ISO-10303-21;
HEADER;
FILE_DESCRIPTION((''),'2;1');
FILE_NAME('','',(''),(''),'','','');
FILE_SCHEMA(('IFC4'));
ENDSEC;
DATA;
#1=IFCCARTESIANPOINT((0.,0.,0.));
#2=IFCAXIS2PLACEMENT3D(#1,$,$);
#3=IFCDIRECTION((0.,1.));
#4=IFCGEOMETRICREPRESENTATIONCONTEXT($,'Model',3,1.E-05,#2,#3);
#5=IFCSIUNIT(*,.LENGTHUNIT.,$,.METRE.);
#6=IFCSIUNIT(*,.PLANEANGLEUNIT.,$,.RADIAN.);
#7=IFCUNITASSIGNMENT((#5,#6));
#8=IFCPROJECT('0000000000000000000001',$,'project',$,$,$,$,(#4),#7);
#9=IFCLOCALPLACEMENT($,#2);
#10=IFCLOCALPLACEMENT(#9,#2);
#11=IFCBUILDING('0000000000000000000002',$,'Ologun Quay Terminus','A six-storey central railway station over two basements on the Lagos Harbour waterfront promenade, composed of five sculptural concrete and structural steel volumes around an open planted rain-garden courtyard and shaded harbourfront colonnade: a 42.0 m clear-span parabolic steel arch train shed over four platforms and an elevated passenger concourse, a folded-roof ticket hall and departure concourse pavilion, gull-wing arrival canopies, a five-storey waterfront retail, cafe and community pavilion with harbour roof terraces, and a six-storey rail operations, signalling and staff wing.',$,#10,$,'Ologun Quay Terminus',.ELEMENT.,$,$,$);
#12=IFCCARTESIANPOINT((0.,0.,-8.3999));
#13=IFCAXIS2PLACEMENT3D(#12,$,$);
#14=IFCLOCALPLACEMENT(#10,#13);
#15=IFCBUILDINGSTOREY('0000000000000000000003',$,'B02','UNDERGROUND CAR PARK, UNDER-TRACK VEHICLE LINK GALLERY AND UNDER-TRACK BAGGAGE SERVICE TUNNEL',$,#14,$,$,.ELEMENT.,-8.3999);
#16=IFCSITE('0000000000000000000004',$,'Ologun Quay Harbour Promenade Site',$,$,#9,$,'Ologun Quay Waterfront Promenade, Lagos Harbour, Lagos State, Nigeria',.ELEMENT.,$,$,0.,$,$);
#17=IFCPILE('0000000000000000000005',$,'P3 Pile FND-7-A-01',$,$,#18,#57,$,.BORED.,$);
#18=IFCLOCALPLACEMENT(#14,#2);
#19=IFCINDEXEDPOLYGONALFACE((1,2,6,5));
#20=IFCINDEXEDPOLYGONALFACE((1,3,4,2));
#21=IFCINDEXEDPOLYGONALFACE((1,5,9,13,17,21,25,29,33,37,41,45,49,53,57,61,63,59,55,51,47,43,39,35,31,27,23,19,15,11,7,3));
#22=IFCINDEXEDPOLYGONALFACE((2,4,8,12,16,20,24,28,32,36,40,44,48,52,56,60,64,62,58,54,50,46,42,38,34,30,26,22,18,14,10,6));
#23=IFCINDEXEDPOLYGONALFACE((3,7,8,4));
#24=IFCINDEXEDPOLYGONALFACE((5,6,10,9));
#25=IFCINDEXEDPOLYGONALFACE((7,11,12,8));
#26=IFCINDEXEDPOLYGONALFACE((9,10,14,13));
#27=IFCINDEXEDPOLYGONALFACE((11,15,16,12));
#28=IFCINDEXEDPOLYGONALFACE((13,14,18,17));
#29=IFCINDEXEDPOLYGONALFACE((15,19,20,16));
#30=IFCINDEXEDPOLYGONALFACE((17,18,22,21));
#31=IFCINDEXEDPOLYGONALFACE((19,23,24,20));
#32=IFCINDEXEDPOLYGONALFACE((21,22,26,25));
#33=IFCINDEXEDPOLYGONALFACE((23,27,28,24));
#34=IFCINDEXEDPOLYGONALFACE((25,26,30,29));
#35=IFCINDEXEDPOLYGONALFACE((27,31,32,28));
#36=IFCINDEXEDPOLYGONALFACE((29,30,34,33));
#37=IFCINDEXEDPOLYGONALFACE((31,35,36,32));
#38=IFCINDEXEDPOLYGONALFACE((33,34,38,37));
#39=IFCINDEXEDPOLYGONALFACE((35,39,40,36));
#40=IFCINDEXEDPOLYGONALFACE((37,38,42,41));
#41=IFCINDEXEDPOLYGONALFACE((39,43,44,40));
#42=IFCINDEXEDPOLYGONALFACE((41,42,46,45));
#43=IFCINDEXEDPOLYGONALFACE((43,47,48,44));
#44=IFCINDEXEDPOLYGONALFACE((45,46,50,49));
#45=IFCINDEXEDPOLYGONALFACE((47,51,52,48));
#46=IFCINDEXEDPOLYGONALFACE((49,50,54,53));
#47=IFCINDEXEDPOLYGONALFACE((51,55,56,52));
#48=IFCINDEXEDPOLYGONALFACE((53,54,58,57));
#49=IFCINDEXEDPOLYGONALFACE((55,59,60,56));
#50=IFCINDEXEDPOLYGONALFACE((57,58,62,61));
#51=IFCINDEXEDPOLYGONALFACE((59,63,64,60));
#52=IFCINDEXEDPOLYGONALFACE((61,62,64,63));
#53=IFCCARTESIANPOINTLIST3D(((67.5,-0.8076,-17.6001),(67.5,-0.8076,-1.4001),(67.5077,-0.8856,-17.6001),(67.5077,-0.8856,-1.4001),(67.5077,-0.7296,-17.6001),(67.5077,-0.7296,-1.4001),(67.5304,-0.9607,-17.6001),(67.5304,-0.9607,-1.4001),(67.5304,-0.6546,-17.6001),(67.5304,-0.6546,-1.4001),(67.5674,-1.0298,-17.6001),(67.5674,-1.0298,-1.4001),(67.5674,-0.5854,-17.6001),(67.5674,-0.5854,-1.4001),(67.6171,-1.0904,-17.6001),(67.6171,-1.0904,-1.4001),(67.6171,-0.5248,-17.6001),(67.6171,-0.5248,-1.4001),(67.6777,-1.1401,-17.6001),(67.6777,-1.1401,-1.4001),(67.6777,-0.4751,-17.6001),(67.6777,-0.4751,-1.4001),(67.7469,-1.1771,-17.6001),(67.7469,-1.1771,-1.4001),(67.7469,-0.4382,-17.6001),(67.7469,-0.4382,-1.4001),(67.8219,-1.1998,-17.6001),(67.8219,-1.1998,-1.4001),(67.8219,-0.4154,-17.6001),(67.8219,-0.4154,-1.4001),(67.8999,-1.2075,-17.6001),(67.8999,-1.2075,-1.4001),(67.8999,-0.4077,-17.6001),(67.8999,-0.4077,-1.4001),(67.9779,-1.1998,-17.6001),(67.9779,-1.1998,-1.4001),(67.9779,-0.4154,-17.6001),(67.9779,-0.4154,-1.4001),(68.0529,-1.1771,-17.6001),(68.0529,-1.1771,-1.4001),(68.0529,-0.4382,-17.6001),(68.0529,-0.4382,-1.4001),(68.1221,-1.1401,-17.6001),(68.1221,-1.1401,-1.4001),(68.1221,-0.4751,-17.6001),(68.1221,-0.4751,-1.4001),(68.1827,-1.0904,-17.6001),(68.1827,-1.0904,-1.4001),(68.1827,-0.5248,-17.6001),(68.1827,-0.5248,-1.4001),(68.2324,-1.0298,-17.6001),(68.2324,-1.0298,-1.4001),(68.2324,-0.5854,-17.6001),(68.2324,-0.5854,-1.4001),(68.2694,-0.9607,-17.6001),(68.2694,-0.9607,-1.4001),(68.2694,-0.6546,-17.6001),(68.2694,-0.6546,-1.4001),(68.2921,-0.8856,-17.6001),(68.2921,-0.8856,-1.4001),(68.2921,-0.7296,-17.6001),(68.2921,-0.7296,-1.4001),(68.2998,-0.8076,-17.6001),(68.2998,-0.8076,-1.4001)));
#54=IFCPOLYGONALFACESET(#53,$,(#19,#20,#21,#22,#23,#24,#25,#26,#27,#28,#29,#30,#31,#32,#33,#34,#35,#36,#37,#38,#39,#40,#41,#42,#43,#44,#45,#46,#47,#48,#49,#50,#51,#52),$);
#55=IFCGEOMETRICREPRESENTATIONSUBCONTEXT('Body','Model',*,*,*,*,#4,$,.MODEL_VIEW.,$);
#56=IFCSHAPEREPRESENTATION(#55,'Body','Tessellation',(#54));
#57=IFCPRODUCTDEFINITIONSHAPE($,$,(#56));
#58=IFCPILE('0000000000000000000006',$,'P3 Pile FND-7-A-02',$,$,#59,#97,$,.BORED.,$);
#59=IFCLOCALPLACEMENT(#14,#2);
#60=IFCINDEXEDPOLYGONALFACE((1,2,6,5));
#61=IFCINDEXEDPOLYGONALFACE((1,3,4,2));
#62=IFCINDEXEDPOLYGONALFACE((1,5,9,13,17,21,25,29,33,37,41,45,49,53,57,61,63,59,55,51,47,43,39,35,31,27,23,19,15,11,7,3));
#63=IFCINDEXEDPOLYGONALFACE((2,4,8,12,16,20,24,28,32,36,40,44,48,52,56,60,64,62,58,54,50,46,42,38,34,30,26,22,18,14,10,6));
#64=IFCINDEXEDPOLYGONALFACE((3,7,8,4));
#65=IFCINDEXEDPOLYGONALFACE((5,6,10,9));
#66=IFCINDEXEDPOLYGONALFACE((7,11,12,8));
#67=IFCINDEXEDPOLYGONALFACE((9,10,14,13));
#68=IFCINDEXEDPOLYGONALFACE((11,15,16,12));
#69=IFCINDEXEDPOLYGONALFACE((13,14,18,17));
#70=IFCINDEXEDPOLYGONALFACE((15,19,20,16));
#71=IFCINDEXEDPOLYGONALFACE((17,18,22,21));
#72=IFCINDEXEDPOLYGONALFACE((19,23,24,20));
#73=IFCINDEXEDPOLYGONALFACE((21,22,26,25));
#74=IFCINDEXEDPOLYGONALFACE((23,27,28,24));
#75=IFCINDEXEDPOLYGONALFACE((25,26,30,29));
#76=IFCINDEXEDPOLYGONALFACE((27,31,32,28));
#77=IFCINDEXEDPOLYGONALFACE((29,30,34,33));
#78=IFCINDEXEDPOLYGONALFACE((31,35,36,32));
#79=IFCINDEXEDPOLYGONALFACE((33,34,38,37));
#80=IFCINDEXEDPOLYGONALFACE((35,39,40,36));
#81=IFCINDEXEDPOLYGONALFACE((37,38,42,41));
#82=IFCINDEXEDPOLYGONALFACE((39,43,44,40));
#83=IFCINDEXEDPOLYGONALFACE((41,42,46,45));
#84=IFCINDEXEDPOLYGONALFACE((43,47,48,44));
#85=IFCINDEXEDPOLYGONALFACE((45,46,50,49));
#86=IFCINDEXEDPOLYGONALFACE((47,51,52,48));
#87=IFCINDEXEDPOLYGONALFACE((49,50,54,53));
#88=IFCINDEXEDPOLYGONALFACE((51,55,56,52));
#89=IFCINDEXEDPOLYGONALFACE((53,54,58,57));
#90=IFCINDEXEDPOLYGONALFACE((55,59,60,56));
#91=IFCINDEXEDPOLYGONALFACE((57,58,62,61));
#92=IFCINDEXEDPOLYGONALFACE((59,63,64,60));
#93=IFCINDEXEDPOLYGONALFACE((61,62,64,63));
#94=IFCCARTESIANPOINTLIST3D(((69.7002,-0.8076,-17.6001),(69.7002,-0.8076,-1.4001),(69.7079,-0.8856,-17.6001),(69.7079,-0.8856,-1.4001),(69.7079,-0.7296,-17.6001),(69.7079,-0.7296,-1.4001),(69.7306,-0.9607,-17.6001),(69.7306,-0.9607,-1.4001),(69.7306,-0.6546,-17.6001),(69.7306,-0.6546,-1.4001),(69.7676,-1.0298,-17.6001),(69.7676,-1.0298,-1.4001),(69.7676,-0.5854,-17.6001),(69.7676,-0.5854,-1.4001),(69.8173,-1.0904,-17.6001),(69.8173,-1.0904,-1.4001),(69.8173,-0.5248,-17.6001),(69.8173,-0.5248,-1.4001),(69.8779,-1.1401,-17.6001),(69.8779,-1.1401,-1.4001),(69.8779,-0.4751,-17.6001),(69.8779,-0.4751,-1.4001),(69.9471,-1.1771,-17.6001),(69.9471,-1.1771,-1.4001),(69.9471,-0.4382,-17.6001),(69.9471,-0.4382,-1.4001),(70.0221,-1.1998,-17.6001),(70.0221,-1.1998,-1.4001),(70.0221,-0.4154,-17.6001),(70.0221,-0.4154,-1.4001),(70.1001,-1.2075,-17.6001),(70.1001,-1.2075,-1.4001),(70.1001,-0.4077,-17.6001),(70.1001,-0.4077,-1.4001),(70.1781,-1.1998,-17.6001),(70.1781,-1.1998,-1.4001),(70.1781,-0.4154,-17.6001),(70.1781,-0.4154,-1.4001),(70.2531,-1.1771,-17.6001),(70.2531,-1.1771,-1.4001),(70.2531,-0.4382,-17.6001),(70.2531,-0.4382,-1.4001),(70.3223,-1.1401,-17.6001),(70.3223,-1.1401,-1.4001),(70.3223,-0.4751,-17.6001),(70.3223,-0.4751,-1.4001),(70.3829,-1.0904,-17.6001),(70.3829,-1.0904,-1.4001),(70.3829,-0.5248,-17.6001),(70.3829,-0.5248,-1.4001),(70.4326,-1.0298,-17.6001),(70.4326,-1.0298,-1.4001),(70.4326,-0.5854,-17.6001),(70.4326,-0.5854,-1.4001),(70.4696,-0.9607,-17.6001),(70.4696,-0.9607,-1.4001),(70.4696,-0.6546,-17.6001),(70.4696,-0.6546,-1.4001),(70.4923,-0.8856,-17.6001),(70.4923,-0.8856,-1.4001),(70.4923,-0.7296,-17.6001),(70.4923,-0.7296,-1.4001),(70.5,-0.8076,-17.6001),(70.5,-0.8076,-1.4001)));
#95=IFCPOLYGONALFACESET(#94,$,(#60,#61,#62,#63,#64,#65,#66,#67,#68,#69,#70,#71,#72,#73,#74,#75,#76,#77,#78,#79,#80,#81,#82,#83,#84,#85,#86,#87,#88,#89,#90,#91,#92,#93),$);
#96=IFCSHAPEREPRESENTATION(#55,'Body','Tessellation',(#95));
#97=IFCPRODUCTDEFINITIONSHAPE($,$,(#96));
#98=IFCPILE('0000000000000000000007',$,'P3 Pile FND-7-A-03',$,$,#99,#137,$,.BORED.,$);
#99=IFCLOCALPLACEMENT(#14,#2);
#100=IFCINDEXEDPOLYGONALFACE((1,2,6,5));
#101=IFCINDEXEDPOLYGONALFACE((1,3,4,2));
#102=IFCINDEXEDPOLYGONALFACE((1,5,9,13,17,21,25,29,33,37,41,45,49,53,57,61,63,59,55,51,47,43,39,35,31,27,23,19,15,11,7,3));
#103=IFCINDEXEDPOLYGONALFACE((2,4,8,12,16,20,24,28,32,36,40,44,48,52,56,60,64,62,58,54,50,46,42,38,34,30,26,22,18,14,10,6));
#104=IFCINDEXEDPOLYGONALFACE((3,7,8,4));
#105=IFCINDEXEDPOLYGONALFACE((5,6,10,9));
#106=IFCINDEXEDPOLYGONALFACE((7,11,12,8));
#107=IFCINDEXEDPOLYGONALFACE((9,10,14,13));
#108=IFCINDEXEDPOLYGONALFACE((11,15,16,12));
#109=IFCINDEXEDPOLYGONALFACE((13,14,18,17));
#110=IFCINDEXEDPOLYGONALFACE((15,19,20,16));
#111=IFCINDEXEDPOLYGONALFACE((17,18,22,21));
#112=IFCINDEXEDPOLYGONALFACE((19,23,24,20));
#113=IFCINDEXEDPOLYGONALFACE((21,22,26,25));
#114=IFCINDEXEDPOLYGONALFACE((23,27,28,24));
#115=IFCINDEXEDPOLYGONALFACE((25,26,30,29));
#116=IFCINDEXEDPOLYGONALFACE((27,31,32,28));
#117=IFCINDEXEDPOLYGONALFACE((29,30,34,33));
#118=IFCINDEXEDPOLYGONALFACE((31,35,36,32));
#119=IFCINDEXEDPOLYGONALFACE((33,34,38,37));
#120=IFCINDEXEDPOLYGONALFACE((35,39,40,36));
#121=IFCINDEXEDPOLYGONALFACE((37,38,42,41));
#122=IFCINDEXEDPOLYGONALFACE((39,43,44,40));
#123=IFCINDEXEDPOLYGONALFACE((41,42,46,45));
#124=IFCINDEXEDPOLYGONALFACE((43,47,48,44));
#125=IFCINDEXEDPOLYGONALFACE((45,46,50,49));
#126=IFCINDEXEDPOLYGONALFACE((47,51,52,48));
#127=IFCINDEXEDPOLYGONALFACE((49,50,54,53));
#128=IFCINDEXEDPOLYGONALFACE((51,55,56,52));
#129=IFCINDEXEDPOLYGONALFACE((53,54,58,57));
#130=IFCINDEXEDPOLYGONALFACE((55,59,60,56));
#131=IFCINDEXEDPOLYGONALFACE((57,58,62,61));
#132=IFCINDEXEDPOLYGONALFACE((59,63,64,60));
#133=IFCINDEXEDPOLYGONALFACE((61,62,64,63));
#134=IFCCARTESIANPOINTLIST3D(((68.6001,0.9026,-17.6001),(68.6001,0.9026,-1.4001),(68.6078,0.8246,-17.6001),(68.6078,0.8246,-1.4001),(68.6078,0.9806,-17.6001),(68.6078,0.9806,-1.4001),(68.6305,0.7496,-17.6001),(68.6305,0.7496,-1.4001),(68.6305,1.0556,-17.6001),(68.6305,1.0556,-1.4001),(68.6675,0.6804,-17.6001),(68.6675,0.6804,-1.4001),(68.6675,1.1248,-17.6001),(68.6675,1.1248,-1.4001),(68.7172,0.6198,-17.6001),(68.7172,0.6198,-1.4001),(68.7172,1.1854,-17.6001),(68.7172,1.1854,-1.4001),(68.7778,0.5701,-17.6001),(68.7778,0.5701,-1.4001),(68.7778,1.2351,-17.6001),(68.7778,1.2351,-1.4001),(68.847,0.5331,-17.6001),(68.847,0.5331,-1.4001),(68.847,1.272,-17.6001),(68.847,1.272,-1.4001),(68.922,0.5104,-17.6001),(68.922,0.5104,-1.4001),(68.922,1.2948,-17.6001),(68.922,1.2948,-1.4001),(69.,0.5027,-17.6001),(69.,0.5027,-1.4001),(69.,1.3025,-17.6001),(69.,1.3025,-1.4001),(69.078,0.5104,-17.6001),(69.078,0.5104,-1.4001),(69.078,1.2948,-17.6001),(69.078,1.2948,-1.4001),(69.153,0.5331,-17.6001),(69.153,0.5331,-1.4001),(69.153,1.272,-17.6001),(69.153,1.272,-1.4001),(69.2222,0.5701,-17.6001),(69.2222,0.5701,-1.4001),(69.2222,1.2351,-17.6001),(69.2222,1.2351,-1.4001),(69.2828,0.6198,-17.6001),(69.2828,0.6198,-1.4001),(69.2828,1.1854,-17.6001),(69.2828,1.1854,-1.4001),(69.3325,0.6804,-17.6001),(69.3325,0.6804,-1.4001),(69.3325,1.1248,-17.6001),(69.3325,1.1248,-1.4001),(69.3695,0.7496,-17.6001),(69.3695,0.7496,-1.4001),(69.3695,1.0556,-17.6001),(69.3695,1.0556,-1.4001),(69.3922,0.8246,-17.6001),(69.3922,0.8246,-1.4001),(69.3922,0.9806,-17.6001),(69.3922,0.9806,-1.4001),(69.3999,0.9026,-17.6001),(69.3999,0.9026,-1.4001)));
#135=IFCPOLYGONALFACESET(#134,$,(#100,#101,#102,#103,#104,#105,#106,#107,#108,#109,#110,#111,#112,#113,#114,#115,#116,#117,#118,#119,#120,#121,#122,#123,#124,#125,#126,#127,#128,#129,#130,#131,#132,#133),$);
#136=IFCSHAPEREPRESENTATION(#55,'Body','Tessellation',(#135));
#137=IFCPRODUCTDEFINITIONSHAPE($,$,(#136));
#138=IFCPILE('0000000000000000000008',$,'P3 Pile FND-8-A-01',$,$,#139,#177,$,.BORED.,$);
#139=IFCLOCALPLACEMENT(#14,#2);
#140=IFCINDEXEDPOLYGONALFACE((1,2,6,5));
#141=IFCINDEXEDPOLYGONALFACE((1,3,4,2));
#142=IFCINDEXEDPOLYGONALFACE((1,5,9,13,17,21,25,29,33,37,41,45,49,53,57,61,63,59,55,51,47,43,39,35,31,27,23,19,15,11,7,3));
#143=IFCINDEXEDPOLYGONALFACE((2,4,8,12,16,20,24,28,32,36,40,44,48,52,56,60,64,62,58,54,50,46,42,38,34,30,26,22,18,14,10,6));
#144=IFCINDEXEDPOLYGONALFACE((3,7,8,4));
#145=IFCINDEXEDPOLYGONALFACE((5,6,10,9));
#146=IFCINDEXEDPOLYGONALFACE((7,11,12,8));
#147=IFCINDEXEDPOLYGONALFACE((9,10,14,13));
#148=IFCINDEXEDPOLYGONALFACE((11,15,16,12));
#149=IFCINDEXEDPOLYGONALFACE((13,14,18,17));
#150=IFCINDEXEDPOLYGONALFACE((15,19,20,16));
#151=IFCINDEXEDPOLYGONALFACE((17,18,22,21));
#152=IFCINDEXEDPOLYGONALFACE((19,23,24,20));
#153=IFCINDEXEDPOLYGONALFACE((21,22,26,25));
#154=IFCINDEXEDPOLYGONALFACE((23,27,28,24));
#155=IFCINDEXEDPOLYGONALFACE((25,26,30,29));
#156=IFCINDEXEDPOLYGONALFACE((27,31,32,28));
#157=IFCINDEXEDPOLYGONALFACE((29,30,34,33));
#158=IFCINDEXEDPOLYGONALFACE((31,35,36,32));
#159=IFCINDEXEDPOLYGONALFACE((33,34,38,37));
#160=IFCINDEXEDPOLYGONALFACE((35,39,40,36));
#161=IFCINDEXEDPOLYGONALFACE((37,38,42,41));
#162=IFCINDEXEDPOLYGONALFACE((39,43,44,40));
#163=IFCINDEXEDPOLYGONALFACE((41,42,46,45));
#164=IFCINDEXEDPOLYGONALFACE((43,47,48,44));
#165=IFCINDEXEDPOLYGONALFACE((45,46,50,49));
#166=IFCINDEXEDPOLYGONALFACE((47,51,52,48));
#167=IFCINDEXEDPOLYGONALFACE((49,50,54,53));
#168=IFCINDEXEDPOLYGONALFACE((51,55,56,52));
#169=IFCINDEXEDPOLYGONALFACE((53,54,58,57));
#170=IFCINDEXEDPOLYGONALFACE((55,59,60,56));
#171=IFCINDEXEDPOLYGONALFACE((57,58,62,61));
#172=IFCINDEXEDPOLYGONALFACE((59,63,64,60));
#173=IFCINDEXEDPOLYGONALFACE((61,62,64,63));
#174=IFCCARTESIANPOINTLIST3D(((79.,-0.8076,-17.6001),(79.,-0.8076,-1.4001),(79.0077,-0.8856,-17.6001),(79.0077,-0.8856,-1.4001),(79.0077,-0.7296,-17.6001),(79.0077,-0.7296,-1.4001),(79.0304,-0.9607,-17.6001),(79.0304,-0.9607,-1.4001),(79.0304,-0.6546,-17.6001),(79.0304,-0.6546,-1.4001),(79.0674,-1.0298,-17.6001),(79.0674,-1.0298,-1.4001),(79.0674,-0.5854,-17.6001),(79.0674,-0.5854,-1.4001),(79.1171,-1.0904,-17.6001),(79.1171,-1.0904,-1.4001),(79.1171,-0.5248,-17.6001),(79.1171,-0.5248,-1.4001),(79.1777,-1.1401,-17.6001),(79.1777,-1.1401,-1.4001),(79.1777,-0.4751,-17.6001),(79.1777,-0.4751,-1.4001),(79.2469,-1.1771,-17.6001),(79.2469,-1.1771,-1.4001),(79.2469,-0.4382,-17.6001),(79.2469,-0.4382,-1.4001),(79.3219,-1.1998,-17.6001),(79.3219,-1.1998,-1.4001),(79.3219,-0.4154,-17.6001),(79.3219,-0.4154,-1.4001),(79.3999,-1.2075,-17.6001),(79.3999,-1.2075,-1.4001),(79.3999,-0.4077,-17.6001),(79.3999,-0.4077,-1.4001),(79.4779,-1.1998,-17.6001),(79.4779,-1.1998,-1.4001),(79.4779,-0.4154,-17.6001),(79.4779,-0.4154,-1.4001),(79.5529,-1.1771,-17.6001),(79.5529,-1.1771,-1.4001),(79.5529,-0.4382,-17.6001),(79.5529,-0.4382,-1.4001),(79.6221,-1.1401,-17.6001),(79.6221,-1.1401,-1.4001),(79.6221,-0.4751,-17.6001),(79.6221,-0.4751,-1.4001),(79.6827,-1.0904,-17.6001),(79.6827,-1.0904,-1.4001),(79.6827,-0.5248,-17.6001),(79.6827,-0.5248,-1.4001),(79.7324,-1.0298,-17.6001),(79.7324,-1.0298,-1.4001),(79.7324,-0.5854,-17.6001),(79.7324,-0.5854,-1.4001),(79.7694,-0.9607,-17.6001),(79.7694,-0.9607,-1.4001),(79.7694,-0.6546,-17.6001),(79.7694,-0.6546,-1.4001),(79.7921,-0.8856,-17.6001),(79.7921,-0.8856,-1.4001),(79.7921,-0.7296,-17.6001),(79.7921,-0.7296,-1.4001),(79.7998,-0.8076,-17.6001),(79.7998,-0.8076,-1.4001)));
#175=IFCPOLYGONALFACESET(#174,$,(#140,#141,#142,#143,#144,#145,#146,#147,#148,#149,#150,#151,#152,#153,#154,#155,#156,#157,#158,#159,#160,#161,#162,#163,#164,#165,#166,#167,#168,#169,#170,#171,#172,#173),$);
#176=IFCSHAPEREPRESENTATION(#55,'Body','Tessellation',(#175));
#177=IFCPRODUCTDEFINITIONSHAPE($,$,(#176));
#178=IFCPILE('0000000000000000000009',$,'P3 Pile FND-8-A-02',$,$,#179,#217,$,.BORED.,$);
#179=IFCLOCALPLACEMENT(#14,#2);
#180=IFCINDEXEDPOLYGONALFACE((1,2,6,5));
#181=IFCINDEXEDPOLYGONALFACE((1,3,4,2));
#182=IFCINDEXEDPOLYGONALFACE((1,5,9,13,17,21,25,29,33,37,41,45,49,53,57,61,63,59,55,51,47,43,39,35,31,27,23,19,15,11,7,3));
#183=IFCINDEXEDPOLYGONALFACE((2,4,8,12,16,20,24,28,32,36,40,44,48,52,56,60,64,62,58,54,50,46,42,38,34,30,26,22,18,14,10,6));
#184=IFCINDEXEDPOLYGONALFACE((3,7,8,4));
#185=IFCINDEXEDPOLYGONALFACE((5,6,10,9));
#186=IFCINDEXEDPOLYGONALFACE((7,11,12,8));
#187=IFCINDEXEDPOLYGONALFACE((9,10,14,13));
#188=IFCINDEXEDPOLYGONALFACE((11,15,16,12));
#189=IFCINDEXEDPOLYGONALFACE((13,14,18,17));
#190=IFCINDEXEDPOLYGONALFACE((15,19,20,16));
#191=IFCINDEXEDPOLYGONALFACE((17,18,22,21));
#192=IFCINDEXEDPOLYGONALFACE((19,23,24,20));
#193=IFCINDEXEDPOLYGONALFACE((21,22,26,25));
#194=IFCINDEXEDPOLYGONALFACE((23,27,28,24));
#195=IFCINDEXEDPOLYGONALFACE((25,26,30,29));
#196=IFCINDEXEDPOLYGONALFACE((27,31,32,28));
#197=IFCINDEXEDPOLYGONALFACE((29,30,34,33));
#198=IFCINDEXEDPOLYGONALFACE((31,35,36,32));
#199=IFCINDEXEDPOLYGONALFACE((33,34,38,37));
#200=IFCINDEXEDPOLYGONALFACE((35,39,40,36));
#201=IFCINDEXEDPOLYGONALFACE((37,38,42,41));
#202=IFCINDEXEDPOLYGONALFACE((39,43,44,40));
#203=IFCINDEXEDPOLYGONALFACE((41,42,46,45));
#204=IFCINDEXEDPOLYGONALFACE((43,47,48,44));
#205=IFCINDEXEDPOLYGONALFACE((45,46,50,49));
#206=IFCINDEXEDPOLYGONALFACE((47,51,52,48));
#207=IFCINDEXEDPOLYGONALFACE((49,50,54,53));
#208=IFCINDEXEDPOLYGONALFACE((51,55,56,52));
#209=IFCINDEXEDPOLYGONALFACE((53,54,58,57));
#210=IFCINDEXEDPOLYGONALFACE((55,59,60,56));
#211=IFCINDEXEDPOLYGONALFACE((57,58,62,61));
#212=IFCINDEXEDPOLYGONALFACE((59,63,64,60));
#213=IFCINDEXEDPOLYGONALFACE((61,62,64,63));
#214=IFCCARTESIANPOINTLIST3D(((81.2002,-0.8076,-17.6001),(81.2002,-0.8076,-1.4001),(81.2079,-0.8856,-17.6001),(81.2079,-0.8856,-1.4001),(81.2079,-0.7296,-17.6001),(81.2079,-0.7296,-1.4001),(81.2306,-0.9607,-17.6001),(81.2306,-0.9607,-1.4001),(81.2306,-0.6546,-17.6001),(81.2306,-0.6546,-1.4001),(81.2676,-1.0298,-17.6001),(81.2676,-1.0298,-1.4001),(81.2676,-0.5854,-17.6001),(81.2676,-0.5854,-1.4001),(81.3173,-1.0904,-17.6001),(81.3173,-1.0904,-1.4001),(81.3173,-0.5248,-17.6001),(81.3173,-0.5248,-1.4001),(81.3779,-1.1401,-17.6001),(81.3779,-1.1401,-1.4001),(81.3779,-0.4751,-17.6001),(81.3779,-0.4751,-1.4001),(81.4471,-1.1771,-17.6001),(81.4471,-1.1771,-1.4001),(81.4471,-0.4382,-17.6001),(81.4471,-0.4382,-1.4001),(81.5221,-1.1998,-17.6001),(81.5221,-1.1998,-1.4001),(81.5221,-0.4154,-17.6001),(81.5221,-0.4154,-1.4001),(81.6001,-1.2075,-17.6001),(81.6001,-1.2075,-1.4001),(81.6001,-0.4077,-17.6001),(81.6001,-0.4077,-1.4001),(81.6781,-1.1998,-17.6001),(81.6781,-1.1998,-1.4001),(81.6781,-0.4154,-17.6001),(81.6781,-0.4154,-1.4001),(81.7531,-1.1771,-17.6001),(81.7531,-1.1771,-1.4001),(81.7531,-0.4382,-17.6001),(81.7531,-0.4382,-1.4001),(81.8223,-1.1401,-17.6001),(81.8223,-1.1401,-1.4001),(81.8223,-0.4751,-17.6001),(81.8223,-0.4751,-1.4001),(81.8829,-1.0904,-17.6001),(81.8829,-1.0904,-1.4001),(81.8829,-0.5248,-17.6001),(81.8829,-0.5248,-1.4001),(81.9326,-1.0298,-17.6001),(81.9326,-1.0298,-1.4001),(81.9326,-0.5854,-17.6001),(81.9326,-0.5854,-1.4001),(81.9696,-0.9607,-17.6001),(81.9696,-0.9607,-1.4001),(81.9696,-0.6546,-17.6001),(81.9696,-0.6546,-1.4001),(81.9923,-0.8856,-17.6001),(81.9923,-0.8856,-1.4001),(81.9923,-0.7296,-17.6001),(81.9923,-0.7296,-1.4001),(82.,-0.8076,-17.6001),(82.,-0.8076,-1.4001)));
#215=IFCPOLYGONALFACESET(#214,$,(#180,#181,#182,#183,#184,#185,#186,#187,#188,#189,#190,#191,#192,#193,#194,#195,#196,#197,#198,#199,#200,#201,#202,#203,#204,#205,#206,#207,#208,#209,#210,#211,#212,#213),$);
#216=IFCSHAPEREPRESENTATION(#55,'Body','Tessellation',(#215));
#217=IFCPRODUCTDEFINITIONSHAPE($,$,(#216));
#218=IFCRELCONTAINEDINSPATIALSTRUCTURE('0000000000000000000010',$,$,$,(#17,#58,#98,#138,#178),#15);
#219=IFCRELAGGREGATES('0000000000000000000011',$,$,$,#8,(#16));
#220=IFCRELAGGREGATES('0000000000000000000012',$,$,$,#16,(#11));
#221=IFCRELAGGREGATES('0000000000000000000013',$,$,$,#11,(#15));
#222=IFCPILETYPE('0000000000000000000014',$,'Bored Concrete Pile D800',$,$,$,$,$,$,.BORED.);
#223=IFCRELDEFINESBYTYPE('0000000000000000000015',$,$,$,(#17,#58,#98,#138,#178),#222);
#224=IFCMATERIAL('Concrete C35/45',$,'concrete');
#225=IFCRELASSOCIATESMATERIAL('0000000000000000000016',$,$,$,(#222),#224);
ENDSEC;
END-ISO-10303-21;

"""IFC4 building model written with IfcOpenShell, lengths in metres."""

from ifc_helpers import new_model, si_unit, direction, frame, origin, origin_2d, place, context, subcontext, project, spatial, circle, extrude, material, material_profile, profile_set, type_object, element, save


model = new_model("IFC4")

# Units and contexts
model_context = context("Model", 3, precision=1e-05, world=origin(), true_north=direction((0.0, 1.0)))
body_context = subcontext(model_context, "Body", "Model", "MODEL_VIEW")
ifc_project = project(units=[si_unit("LENGTHUNIT", "METRE"), si_unit("PLANEANGLEUNIT", "RADIAN")], contexts=[model_context])

# Site, building, storey
site_placement = place(None, origin())
site = spatial("IfcSite", under=ifc_project, at=site_placement, Name="Ologun Quay Harbour Promenade Site", LongName="Ologun Quay Waterfront Promenade, Lagos Harbour, Lagos State, Nigeria", CompositionType="ELEMENT", RefElevation=0.0)
building_placement = place(site_placement, origin())
building = spatial("IfcBuilding", under=site, at=building_placement, Name="Ologun Quay Terminus", Description="A six-storey central railway station over two basements on the Lagos Harbour waterfront promenade, composed of five sculptural concrete and structural steel volumes around an open planted rain-garden courtyard and shaded harbourfront colonnade: a 42.0 m clear-span parabolic steel arch train shed over four platforms and an elevated passenger concourse, a folded-roof ticket hall and departure concourse pavilion, gull-wing arrival canopies, a five-storey waterfront retail, cafe and community pavilion with harbour roof terraces, and a six-storey rail operations, signalling and staff wing.", LongName="Ologun Quay Terminus", CompositionType="ELEMENT")
storey_placement = place(building_placement, frame((0.0, 0.0, -8.3999)))
storey = spatial("IfcBuildingStorey", under=building, at=storey_placement, Name="B02", Description="UNDERGROUND CAR PARK, UNDER-TRACK VEHICLE LINK GALLERY AND UNDER-TRACK BAGGAGE SERVICE TUNNEL", CompositionType="ELEMENT", Elevation=-8.3999)

# Piles
ifc_material_1 = material(Name="Concrete C35/45", Category="concrete")
ifc_material_profile_1 = material_profile(ifc_material_1, circle(Radius=0.3999, at=origin_2d()), Name="PILE D800")
ifc_profile_set_1 = profile_set([ifc_material_profile_1], Name="Concrete C35/45")
pile_type_1 = type_object("IfcPileType", Name="Bored Concrete Pile D800", PredefinedType="BORED", material=ifc_profile_set_1)
for number, where, z_axis, x_axis, name in (
    (1, (67.8999, -0.8076, -1.4001), (0.0, 0.0, -1.0), (1.0, 0.0, 0.0), "P3 Pile FND-7-A-01"),
    (2, (70.1001, -0.8076, -1.4001), (0.0, 0.0, -1.0), (1.0, 0.0, 0.0), "P3 Pile FND-7-A-02"),
    (3, (69.0, 0.9026, -1.4001), (0.0, 0.0, -1.0), (1.0, 0.0, 0.0), "P3 Pile FND-7-A-03"),
    (4, (79.3999, -0.8076, -1.4001), (0.0, 0.0, -1.0), (1.0, 0.0, 0.0), "P3 Pile FND-8-A-01"),
    (5, (81.6001, -0.8076, -1.4001), (0.0, 0.0, -1.0), (1.0, 0.0, 0.0), "P3 Pile FND-8-A-02"),
):
    element("IfcPile", number, at=place(storey_placement, frame(where, z_axis=z_axis, x_axis=x_axis)), inside=storey, type_object=pile_type_1, Name=name, PredefinedType="BORED", context=body_context, shape_type="SweptSolid", body=[
        extrude(circle(Radius=0.3999, at=origin_2d()), origin(), (0.0, 0.0, 1.0), 16.2),
    ])

save(model, "model.ifc")
